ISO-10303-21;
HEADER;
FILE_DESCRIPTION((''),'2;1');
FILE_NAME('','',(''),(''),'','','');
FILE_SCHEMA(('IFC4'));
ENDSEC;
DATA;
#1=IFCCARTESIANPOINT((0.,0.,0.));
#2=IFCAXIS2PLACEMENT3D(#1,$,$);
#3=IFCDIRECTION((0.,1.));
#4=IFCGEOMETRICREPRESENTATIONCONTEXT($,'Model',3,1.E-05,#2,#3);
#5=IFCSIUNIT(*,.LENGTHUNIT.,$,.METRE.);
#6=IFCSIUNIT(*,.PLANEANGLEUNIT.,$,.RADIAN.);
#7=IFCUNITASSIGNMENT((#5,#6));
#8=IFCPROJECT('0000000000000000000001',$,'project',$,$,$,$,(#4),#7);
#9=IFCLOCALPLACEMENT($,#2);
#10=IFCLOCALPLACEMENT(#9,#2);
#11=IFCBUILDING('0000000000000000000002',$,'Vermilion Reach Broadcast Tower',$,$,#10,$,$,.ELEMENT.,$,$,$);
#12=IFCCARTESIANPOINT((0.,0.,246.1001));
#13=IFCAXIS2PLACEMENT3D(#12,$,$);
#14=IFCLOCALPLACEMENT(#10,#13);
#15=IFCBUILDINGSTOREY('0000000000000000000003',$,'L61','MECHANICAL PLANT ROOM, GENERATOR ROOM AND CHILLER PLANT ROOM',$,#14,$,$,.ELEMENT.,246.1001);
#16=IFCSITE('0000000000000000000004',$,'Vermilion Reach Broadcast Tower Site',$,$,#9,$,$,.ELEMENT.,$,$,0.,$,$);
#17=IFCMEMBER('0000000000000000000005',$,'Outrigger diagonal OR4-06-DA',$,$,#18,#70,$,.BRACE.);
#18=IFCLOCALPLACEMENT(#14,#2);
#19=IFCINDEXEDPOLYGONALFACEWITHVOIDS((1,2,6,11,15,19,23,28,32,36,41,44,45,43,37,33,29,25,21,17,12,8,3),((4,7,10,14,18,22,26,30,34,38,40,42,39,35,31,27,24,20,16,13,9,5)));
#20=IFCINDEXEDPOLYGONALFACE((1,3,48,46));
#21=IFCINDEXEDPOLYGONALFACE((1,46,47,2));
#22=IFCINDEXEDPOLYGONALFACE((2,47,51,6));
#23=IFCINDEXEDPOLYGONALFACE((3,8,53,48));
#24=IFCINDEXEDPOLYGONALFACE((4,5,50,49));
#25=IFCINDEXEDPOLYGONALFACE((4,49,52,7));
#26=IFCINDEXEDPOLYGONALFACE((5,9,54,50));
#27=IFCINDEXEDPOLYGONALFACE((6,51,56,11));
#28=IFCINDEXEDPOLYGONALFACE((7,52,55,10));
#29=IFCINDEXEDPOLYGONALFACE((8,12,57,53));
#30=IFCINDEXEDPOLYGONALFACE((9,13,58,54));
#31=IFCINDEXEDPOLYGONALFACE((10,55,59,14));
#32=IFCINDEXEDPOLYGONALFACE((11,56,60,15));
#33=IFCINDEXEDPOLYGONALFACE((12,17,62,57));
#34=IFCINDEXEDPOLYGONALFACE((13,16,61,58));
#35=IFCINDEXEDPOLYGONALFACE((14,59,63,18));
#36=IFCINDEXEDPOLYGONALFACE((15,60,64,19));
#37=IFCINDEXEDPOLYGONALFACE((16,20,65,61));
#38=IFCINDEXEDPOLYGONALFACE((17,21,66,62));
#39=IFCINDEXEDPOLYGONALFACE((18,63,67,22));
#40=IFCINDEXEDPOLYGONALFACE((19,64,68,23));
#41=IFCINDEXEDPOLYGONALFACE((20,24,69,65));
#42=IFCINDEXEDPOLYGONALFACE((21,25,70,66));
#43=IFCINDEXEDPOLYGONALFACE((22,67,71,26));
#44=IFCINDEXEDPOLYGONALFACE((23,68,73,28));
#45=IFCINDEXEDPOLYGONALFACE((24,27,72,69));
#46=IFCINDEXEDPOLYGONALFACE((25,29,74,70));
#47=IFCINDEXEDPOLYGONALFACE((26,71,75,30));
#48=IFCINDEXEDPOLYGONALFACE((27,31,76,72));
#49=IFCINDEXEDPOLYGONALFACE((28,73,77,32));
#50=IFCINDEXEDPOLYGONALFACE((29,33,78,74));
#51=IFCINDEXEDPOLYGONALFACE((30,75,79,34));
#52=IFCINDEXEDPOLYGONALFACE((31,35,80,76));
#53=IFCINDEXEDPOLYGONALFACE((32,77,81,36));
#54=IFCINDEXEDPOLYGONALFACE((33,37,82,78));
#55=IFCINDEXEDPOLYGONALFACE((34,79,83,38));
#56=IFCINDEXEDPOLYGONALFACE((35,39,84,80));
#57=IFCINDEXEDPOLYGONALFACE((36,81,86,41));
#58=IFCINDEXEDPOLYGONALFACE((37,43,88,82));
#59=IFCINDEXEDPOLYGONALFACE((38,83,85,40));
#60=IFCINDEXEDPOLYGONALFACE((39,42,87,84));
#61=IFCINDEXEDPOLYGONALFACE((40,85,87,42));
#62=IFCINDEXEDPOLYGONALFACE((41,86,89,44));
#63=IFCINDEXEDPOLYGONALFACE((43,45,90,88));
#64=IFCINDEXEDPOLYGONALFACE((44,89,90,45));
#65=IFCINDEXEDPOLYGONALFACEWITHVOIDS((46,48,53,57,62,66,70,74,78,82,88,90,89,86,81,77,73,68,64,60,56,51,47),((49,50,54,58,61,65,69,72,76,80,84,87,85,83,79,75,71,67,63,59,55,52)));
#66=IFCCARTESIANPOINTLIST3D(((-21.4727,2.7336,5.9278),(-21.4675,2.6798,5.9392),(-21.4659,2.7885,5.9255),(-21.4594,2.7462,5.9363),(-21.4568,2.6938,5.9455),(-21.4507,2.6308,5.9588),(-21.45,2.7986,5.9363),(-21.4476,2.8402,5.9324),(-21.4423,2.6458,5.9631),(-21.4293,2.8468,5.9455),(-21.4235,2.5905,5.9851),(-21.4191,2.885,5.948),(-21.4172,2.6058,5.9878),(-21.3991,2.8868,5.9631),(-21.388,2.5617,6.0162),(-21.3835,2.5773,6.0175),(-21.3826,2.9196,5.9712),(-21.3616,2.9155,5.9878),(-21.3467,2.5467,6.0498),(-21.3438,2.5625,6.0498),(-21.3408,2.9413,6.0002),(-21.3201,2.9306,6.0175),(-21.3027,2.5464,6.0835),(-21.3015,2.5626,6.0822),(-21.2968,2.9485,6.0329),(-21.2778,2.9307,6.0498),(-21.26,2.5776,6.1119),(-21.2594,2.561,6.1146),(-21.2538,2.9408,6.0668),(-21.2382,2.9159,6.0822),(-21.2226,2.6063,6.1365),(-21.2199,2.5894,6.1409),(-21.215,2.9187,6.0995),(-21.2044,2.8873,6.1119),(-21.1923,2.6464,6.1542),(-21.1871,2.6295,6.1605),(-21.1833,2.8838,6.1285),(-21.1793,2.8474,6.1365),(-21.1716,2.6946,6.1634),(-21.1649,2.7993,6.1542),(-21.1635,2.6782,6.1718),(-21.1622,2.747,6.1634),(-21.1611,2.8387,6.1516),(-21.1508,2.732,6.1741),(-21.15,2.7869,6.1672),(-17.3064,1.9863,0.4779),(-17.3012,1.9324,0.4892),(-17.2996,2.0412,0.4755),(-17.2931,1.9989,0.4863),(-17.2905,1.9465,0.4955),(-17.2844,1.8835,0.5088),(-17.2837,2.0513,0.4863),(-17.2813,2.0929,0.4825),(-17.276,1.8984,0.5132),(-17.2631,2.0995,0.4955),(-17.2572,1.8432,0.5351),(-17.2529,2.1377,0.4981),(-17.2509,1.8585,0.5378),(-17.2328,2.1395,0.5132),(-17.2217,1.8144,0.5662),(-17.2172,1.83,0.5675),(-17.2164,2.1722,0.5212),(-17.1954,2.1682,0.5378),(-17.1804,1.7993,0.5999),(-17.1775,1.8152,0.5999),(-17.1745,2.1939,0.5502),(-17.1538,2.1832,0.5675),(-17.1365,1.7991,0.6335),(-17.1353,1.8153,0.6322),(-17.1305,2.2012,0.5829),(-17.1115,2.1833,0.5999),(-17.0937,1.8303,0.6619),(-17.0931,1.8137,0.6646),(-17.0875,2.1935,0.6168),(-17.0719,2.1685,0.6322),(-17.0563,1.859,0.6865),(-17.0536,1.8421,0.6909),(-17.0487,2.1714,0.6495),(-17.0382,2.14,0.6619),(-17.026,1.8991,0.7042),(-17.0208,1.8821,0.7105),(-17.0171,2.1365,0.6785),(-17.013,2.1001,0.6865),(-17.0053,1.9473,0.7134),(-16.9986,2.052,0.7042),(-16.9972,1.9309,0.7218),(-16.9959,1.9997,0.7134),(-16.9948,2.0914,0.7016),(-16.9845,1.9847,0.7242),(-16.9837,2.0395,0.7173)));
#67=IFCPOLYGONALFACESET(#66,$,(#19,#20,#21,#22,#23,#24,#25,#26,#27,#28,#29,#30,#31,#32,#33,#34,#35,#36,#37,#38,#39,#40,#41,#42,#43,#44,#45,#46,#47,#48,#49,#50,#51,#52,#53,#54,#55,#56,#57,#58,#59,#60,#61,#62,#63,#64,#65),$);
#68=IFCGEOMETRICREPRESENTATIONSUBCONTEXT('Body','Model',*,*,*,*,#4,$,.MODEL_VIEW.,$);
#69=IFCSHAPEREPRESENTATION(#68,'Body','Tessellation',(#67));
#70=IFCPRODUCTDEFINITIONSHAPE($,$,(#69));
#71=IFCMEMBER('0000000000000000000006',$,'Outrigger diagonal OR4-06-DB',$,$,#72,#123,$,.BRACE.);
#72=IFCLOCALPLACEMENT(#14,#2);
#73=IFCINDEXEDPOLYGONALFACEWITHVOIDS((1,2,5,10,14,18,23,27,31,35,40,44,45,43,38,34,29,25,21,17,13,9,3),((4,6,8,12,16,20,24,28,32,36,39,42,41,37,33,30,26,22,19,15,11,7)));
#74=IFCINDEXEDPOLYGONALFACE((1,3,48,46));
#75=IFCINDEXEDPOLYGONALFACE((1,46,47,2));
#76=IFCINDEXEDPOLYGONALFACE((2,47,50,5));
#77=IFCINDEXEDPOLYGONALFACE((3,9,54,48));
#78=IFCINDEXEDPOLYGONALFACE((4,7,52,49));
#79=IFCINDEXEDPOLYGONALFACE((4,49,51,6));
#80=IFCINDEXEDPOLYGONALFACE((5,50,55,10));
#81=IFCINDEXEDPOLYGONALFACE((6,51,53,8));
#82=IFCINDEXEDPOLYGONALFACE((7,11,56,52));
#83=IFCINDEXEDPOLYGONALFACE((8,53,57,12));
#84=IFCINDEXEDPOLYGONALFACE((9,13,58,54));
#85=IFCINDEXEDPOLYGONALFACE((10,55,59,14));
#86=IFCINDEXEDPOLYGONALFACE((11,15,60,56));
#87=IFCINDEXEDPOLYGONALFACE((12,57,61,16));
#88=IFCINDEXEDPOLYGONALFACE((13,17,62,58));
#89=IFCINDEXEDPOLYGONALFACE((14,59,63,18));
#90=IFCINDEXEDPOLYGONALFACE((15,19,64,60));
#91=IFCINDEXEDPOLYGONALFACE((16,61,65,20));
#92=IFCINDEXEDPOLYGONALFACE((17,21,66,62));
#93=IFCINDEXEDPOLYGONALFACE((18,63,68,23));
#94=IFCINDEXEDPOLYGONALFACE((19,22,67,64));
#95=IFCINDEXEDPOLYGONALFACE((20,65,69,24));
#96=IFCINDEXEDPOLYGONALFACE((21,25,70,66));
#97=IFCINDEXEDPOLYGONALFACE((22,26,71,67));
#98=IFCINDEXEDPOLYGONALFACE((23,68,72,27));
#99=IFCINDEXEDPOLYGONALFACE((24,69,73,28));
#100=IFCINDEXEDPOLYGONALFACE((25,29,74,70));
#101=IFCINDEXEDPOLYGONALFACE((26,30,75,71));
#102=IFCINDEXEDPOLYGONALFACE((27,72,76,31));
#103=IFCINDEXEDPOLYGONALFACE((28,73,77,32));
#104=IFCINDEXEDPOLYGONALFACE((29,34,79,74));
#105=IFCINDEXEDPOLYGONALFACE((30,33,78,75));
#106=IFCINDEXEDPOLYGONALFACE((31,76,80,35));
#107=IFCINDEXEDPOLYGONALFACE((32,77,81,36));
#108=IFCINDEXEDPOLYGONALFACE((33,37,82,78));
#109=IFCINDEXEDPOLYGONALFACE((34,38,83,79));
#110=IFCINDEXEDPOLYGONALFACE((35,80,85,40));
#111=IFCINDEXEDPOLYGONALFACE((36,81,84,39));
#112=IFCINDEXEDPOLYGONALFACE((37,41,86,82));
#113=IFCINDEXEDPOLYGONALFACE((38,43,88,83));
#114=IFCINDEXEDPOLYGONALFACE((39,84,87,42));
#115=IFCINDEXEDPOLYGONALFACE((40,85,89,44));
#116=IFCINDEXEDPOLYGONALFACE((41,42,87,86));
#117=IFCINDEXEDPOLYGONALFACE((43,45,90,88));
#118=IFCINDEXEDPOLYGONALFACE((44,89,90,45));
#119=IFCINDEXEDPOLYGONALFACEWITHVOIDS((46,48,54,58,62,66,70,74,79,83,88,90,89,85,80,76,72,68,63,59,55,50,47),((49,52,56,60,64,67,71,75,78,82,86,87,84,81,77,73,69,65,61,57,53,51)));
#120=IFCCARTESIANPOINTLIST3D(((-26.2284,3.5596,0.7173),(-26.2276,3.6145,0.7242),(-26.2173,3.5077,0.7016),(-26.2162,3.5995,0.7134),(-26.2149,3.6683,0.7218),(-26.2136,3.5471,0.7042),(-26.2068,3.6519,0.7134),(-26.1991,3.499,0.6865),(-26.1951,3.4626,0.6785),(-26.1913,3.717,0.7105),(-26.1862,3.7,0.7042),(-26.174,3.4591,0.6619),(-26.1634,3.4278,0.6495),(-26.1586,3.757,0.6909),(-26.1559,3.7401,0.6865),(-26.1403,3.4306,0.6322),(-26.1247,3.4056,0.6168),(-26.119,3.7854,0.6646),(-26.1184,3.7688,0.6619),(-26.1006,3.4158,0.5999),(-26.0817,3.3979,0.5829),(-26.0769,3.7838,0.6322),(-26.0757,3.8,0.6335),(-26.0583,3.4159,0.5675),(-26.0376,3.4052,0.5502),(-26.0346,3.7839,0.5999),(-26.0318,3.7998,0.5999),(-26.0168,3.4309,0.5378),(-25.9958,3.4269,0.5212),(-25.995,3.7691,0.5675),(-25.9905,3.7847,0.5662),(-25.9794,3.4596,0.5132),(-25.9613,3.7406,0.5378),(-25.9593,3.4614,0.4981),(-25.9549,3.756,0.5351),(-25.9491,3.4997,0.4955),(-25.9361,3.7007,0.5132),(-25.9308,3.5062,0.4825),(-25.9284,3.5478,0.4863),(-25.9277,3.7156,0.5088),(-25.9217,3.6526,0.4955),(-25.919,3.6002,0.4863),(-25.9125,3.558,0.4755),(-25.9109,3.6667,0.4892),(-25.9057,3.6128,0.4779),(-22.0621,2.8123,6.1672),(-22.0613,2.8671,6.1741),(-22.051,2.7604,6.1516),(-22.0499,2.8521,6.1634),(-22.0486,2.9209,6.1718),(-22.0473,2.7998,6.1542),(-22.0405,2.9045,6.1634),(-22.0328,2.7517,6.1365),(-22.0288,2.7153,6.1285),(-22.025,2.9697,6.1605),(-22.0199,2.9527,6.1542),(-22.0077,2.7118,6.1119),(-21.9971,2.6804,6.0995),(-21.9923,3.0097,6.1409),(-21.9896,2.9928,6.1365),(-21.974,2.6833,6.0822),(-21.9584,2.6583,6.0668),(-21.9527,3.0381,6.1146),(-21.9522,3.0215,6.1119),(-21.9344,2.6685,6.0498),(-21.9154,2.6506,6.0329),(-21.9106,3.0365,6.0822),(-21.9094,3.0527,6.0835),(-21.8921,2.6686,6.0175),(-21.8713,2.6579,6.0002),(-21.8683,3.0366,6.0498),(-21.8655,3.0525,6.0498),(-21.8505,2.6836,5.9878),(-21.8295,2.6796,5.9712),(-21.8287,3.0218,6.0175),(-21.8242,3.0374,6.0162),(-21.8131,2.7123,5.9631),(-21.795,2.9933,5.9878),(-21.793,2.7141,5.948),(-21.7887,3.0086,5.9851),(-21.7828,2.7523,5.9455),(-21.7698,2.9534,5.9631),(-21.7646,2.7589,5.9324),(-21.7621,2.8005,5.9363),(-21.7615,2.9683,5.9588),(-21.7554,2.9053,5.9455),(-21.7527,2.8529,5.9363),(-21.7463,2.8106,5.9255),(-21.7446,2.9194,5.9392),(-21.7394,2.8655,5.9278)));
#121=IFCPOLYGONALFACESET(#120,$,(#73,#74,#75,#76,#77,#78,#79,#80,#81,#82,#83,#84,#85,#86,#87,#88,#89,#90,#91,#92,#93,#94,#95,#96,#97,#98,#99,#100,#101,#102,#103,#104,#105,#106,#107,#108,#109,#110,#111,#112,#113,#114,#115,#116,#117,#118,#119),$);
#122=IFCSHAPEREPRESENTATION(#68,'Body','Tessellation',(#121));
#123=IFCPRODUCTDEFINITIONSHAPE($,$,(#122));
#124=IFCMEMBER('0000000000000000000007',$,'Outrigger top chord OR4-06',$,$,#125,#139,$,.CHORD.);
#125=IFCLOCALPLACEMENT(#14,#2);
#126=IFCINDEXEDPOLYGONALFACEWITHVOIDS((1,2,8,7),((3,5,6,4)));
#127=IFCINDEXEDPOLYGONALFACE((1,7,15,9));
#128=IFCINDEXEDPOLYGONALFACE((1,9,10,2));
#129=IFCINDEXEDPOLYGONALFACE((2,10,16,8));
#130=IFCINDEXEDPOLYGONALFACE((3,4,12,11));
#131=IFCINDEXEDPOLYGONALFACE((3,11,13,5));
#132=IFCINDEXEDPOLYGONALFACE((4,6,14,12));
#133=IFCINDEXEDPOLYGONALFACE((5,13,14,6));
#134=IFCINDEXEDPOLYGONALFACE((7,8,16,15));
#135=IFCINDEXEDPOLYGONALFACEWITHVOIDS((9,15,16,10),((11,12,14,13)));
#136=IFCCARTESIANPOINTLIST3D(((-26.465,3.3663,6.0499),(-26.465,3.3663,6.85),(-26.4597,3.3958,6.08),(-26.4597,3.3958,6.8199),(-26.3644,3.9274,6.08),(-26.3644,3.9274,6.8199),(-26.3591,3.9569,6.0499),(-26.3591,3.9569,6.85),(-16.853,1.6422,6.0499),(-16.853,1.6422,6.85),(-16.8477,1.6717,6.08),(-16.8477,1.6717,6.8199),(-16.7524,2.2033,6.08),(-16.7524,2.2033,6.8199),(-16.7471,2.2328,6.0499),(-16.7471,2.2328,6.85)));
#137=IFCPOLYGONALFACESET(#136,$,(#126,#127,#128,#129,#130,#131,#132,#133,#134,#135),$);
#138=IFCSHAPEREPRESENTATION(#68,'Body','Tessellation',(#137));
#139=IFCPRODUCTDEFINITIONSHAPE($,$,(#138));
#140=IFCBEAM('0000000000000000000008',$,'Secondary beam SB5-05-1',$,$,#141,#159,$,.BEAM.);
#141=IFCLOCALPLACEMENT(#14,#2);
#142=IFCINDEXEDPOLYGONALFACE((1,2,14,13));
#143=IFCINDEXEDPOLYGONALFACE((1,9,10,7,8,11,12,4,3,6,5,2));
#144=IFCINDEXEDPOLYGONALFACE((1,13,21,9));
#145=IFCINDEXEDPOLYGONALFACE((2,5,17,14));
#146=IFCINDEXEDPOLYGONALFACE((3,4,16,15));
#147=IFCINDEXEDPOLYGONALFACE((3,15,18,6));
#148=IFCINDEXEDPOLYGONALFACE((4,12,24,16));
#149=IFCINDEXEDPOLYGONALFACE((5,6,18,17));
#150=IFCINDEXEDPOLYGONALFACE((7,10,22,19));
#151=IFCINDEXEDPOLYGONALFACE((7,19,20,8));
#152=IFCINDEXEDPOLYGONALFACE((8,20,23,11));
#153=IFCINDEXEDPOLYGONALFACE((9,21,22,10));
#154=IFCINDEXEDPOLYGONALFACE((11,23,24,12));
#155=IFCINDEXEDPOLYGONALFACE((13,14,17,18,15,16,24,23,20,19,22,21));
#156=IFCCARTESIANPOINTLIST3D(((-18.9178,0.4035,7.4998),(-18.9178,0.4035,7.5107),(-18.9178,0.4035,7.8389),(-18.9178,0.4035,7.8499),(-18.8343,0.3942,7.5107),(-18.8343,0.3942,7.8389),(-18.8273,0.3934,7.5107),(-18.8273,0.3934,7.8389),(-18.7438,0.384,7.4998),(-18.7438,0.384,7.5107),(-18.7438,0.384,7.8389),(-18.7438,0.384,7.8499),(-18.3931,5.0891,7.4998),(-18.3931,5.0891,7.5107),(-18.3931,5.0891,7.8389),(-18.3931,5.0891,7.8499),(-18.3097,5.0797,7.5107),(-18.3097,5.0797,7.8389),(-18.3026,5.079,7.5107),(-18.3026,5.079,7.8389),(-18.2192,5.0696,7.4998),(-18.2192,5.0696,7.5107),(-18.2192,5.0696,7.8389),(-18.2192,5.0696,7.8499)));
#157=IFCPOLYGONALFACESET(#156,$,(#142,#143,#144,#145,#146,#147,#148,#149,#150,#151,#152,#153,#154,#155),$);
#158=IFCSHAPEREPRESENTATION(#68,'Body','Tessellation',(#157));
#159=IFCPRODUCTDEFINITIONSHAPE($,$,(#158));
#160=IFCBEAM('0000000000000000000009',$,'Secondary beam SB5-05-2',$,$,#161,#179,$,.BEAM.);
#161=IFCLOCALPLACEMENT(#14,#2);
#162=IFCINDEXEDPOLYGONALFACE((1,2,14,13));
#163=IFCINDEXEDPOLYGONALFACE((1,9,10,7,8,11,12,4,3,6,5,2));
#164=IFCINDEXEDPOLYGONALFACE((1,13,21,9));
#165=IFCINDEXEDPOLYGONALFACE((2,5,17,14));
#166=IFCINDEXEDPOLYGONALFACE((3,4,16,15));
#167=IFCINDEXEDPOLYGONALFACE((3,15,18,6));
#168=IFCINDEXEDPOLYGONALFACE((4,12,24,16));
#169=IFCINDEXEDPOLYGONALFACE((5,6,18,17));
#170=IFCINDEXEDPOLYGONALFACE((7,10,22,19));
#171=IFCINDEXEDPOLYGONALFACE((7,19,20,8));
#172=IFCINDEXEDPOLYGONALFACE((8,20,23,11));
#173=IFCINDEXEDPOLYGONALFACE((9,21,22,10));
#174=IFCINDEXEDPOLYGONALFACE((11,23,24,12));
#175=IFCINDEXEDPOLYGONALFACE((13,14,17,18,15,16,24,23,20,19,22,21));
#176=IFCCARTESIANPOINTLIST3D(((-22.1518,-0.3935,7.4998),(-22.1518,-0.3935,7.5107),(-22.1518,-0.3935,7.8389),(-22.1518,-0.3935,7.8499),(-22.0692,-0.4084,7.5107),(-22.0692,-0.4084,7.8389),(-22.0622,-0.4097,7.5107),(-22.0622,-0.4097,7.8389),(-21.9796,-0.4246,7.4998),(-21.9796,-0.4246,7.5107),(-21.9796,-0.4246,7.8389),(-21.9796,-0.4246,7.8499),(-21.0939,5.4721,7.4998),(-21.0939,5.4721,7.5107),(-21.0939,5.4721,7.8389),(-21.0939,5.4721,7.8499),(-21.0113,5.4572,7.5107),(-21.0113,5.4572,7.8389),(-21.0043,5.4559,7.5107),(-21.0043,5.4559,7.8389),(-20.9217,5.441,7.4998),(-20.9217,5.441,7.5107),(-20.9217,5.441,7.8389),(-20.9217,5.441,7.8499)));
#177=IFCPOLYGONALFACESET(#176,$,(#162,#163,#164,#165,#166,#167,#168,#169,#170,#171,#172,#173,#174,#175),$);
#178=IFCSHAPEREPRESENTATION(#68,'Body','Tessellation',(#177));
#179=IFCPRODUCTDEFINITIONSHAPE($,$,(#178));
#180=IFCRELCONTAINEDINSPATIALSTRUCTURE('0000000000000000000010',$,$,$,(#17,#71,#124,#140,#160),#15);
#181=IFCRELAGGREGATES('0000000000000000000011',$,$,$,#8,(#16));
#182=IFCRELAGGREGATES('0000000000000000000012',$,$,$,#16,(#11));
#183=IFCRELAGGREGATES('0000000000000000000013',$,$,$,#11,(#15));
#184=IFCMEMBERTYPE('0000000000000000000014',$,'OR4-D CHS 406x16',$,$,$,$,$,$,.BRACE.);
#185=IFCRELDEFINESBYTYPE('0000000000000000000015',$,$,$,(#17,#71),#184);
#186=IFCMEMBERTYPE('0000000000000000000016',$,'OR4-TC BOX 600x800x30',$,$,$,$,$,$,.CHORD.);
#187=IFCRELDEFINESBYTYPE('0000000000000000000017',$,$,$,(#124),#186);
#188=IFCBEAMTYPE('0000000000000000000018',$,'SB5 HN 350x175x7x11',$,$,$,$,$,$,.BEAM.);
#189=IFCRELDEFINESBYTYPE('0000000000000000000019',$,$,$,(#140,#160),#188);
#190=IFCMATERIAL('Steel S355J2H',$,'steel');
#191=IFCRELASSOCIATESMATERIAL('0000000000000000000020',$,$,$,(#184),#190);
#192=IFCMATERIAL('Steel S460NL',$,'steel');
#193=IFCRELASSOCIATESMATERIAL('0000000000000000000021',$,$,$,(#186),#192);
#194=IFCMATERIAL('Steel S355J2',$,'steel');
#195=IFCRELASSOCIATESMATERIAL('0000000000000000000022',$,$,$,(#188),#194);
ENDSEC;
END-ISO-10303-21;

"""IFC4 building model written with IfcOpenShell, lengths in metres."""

from ifc_helpers import new_model, si_unit, direction, frame, origin, origin_2d, place, context, subcontext, project, spatial, hollow_rectangle, hollow_circle, i_section, extrude, material, material_profile, profile_set, type_object, element, save


model = new_model("IFC4")

# Units and contexts
model_context = context("Model", 3, precision=1e-05, world=origin(), true_north=direction((0.0, 1.0)))
body_context = subcontext(model_context, "Body", "Model", "MODEL_VIEW")
ifc_project = project(units=[si_unit("LENGTHUNIT", "METRE"), si_unit("PLANEANGLEUNIT", "RADIAN")], contexts=[model_context])

# Site, building, storey
site_placement = place(None, origin())
site = spatial("IfcSite", under=ifc_project, at=site_placement, Name="Vermilion Reach Broadcast Tower Site", CompositionType="ELEMENT", RefElevation=0.0)
building_placement = place(site_placement, origin())
building = spatial("IfcBuilding", under=site, at=building_placement, Name="Vermilion Reach Broadcast Tower", CompositionType="ELEMENT")
storey_placement = place(building_placement, frame((0.0, 0.0, 246.1001)))
storey = spatial("IfcBuildingStorey", under=building, at=storey_placement, Name="L61", Description="MECHANICAL PLANT ROOM, GENERATOR ROOM AND CHILLER PLANT ROOM", CompositionType="ELEMENT", Elevation=246.1001)

# Members
ifc_material_1 = material(Name="Steel S355J2H", Category="steel")
ifc_material_profile_1 = material_profile(ifc_material_1, hollow_circle(Radius=0.2031, WallThickness=0.0161, at=origin_2d()), Name="S355J2H CHS 406x16")
ifc_profile_set_1 = profile_set([ifc_material_profile_1], Name="Steel S355J2H")
member_type_1 = type_object("IfcMemberType", Name="OR4-D CHS 406x16", PredefinedType="BRACE", material=ifc_profile_set_1)
for number, where, z_axis, x_axis, name in (
    (1, (-17.1445, 1.9993, 0.5999), (-0.603754, 0.108297, 0.78978), (-0.176555, -0.984291, 0.0), "Outrigger diagonal OR4-06-DA"),
    (2, (-26.0676, 3.5999, 0.5999), (0.603754, -0.108297, 0.78978), (0.176555, 0.984291, 0.0), "Outrigger diagonal OR4-06-DB"),
):
    element("IfcMember", number, at=place(storey_placement, frame(where, z_axis=z_axis, x_axis=x_axis)), inside=storey, type_object=member_type_1, Name=name, PredefinedType="BRACE", context=body_context, shape_type="SweptSolid", body=[
        extrude(hollow_circle(Radius=0.2031, WallThickness=0.0161, at=origin_2d()), origin(), (0.0, 0.0, 1.0), 6.9006),
    ])
ifc_material_2 = material(Name="Steel S460NL", Category="steel")
ifc_material_profile_2 = material_profile(ifc_material_2, hollow_rectangle(XDim=0.6001, YDim=0.8, WallThickness=0.03, at=origin_2d()), Name="S460NL BOX 600x800x30")
ifc_profile_set_2 = profile_set([ifc_material_profile_2], Name="Steel S460NL")
member_type_2 = type_object("IfcMemberType", Name="OR4-TC BOX 600x800x30", PredefinedType="CHORD", material=ifc_profile_set_2)
member_1_placement = place(storey_placement, frame((-16.8, 1.9375, 6.45), z_axis=(-0.984291, 0.176553, 0.0), x_axis=(-0.176553, -0.984291, 0.0)))
element("IfcMember", 3, at=member_1_placement, inside=storey, type_object=member_type_2, Name="Outrigger top chord OR4-06", PredefinedType="CHORD", context=body_context, shape_type="SweptSolid", body=[
    extrude(hollow_rectangle(XDim=0.6001, YDim=0.8, WallThickness=0.03, at=origin_2d()), origin(), (0.0, 0.0, 1.0), 9.7654),
])

# Beams
ifc_material_3 = material(Name="Steel S355J2", Category="steel")
ifc_material_profile_3 = material_profile(ifc_material_3, i_section(OverallWidth=0.175, OverallDepth=0.3501, WebThickness=0.0071, FlangeThickness=0.011, at=origin_2d()), Name="S355J2 HN 350x175x7x11")
ifc_profile_set_3 = profile_set([ifc_material_profile_3], Name="Steel S355J2")
beam_type_1 = type_object("IfcBeamType", Name="SB5 HN 350x175x7x11", PredefinedType="BEAM", material=ifc_profile_set_3)
beam_1_placement = place(storey_placement, frame((-18.3062, 5.0793, 7.6748), z_axis=(-0.111278, -0.993789, 0.0), x_axis=(0.993789, -0.111278, 0.0)))
element("IfcBeam", 4, at=beam_1_placement, inside=storey, type_object=beam_type_1, Name="Secondary beam SB5-05-1", PredefinedType="BEAM", context=body_context, shape_type="SweptSolid", body=[
    extrude(i_section(OverallWidth=0.175, OverallDepth=0.3501, WebThickness=0.0071, FlangeThickness=0.011, at=origin_2d()), origin(), (0.0, 0.0, 1.0), 4.7148),
])
beam_2_placement = place(storey_placement, frame((-21.0078, 5.4565, 7.6748), z_axis=(-0.17749, -0.984123, 0.0), x_axis=(0.984123, -0.17749, 0.0)))
element("IfcBeam", 5, at=beam_2_placement, inside=storey, type_object=beam_type_1, Name="Secondary beam SB5-05-2", PredefinedType="BEAM", context=body_context, shape_type="SweptSolid", body=[
    extrude(i_section(OverallWidth=0.175, OverallDepth=0.3501, WebThickness=0.0071, FlangeThickness=0.011, at=origin_2d()), origin(), (0.0, 0.0, 1.0), 5.9602),
])

save(model, "model.ifc")
